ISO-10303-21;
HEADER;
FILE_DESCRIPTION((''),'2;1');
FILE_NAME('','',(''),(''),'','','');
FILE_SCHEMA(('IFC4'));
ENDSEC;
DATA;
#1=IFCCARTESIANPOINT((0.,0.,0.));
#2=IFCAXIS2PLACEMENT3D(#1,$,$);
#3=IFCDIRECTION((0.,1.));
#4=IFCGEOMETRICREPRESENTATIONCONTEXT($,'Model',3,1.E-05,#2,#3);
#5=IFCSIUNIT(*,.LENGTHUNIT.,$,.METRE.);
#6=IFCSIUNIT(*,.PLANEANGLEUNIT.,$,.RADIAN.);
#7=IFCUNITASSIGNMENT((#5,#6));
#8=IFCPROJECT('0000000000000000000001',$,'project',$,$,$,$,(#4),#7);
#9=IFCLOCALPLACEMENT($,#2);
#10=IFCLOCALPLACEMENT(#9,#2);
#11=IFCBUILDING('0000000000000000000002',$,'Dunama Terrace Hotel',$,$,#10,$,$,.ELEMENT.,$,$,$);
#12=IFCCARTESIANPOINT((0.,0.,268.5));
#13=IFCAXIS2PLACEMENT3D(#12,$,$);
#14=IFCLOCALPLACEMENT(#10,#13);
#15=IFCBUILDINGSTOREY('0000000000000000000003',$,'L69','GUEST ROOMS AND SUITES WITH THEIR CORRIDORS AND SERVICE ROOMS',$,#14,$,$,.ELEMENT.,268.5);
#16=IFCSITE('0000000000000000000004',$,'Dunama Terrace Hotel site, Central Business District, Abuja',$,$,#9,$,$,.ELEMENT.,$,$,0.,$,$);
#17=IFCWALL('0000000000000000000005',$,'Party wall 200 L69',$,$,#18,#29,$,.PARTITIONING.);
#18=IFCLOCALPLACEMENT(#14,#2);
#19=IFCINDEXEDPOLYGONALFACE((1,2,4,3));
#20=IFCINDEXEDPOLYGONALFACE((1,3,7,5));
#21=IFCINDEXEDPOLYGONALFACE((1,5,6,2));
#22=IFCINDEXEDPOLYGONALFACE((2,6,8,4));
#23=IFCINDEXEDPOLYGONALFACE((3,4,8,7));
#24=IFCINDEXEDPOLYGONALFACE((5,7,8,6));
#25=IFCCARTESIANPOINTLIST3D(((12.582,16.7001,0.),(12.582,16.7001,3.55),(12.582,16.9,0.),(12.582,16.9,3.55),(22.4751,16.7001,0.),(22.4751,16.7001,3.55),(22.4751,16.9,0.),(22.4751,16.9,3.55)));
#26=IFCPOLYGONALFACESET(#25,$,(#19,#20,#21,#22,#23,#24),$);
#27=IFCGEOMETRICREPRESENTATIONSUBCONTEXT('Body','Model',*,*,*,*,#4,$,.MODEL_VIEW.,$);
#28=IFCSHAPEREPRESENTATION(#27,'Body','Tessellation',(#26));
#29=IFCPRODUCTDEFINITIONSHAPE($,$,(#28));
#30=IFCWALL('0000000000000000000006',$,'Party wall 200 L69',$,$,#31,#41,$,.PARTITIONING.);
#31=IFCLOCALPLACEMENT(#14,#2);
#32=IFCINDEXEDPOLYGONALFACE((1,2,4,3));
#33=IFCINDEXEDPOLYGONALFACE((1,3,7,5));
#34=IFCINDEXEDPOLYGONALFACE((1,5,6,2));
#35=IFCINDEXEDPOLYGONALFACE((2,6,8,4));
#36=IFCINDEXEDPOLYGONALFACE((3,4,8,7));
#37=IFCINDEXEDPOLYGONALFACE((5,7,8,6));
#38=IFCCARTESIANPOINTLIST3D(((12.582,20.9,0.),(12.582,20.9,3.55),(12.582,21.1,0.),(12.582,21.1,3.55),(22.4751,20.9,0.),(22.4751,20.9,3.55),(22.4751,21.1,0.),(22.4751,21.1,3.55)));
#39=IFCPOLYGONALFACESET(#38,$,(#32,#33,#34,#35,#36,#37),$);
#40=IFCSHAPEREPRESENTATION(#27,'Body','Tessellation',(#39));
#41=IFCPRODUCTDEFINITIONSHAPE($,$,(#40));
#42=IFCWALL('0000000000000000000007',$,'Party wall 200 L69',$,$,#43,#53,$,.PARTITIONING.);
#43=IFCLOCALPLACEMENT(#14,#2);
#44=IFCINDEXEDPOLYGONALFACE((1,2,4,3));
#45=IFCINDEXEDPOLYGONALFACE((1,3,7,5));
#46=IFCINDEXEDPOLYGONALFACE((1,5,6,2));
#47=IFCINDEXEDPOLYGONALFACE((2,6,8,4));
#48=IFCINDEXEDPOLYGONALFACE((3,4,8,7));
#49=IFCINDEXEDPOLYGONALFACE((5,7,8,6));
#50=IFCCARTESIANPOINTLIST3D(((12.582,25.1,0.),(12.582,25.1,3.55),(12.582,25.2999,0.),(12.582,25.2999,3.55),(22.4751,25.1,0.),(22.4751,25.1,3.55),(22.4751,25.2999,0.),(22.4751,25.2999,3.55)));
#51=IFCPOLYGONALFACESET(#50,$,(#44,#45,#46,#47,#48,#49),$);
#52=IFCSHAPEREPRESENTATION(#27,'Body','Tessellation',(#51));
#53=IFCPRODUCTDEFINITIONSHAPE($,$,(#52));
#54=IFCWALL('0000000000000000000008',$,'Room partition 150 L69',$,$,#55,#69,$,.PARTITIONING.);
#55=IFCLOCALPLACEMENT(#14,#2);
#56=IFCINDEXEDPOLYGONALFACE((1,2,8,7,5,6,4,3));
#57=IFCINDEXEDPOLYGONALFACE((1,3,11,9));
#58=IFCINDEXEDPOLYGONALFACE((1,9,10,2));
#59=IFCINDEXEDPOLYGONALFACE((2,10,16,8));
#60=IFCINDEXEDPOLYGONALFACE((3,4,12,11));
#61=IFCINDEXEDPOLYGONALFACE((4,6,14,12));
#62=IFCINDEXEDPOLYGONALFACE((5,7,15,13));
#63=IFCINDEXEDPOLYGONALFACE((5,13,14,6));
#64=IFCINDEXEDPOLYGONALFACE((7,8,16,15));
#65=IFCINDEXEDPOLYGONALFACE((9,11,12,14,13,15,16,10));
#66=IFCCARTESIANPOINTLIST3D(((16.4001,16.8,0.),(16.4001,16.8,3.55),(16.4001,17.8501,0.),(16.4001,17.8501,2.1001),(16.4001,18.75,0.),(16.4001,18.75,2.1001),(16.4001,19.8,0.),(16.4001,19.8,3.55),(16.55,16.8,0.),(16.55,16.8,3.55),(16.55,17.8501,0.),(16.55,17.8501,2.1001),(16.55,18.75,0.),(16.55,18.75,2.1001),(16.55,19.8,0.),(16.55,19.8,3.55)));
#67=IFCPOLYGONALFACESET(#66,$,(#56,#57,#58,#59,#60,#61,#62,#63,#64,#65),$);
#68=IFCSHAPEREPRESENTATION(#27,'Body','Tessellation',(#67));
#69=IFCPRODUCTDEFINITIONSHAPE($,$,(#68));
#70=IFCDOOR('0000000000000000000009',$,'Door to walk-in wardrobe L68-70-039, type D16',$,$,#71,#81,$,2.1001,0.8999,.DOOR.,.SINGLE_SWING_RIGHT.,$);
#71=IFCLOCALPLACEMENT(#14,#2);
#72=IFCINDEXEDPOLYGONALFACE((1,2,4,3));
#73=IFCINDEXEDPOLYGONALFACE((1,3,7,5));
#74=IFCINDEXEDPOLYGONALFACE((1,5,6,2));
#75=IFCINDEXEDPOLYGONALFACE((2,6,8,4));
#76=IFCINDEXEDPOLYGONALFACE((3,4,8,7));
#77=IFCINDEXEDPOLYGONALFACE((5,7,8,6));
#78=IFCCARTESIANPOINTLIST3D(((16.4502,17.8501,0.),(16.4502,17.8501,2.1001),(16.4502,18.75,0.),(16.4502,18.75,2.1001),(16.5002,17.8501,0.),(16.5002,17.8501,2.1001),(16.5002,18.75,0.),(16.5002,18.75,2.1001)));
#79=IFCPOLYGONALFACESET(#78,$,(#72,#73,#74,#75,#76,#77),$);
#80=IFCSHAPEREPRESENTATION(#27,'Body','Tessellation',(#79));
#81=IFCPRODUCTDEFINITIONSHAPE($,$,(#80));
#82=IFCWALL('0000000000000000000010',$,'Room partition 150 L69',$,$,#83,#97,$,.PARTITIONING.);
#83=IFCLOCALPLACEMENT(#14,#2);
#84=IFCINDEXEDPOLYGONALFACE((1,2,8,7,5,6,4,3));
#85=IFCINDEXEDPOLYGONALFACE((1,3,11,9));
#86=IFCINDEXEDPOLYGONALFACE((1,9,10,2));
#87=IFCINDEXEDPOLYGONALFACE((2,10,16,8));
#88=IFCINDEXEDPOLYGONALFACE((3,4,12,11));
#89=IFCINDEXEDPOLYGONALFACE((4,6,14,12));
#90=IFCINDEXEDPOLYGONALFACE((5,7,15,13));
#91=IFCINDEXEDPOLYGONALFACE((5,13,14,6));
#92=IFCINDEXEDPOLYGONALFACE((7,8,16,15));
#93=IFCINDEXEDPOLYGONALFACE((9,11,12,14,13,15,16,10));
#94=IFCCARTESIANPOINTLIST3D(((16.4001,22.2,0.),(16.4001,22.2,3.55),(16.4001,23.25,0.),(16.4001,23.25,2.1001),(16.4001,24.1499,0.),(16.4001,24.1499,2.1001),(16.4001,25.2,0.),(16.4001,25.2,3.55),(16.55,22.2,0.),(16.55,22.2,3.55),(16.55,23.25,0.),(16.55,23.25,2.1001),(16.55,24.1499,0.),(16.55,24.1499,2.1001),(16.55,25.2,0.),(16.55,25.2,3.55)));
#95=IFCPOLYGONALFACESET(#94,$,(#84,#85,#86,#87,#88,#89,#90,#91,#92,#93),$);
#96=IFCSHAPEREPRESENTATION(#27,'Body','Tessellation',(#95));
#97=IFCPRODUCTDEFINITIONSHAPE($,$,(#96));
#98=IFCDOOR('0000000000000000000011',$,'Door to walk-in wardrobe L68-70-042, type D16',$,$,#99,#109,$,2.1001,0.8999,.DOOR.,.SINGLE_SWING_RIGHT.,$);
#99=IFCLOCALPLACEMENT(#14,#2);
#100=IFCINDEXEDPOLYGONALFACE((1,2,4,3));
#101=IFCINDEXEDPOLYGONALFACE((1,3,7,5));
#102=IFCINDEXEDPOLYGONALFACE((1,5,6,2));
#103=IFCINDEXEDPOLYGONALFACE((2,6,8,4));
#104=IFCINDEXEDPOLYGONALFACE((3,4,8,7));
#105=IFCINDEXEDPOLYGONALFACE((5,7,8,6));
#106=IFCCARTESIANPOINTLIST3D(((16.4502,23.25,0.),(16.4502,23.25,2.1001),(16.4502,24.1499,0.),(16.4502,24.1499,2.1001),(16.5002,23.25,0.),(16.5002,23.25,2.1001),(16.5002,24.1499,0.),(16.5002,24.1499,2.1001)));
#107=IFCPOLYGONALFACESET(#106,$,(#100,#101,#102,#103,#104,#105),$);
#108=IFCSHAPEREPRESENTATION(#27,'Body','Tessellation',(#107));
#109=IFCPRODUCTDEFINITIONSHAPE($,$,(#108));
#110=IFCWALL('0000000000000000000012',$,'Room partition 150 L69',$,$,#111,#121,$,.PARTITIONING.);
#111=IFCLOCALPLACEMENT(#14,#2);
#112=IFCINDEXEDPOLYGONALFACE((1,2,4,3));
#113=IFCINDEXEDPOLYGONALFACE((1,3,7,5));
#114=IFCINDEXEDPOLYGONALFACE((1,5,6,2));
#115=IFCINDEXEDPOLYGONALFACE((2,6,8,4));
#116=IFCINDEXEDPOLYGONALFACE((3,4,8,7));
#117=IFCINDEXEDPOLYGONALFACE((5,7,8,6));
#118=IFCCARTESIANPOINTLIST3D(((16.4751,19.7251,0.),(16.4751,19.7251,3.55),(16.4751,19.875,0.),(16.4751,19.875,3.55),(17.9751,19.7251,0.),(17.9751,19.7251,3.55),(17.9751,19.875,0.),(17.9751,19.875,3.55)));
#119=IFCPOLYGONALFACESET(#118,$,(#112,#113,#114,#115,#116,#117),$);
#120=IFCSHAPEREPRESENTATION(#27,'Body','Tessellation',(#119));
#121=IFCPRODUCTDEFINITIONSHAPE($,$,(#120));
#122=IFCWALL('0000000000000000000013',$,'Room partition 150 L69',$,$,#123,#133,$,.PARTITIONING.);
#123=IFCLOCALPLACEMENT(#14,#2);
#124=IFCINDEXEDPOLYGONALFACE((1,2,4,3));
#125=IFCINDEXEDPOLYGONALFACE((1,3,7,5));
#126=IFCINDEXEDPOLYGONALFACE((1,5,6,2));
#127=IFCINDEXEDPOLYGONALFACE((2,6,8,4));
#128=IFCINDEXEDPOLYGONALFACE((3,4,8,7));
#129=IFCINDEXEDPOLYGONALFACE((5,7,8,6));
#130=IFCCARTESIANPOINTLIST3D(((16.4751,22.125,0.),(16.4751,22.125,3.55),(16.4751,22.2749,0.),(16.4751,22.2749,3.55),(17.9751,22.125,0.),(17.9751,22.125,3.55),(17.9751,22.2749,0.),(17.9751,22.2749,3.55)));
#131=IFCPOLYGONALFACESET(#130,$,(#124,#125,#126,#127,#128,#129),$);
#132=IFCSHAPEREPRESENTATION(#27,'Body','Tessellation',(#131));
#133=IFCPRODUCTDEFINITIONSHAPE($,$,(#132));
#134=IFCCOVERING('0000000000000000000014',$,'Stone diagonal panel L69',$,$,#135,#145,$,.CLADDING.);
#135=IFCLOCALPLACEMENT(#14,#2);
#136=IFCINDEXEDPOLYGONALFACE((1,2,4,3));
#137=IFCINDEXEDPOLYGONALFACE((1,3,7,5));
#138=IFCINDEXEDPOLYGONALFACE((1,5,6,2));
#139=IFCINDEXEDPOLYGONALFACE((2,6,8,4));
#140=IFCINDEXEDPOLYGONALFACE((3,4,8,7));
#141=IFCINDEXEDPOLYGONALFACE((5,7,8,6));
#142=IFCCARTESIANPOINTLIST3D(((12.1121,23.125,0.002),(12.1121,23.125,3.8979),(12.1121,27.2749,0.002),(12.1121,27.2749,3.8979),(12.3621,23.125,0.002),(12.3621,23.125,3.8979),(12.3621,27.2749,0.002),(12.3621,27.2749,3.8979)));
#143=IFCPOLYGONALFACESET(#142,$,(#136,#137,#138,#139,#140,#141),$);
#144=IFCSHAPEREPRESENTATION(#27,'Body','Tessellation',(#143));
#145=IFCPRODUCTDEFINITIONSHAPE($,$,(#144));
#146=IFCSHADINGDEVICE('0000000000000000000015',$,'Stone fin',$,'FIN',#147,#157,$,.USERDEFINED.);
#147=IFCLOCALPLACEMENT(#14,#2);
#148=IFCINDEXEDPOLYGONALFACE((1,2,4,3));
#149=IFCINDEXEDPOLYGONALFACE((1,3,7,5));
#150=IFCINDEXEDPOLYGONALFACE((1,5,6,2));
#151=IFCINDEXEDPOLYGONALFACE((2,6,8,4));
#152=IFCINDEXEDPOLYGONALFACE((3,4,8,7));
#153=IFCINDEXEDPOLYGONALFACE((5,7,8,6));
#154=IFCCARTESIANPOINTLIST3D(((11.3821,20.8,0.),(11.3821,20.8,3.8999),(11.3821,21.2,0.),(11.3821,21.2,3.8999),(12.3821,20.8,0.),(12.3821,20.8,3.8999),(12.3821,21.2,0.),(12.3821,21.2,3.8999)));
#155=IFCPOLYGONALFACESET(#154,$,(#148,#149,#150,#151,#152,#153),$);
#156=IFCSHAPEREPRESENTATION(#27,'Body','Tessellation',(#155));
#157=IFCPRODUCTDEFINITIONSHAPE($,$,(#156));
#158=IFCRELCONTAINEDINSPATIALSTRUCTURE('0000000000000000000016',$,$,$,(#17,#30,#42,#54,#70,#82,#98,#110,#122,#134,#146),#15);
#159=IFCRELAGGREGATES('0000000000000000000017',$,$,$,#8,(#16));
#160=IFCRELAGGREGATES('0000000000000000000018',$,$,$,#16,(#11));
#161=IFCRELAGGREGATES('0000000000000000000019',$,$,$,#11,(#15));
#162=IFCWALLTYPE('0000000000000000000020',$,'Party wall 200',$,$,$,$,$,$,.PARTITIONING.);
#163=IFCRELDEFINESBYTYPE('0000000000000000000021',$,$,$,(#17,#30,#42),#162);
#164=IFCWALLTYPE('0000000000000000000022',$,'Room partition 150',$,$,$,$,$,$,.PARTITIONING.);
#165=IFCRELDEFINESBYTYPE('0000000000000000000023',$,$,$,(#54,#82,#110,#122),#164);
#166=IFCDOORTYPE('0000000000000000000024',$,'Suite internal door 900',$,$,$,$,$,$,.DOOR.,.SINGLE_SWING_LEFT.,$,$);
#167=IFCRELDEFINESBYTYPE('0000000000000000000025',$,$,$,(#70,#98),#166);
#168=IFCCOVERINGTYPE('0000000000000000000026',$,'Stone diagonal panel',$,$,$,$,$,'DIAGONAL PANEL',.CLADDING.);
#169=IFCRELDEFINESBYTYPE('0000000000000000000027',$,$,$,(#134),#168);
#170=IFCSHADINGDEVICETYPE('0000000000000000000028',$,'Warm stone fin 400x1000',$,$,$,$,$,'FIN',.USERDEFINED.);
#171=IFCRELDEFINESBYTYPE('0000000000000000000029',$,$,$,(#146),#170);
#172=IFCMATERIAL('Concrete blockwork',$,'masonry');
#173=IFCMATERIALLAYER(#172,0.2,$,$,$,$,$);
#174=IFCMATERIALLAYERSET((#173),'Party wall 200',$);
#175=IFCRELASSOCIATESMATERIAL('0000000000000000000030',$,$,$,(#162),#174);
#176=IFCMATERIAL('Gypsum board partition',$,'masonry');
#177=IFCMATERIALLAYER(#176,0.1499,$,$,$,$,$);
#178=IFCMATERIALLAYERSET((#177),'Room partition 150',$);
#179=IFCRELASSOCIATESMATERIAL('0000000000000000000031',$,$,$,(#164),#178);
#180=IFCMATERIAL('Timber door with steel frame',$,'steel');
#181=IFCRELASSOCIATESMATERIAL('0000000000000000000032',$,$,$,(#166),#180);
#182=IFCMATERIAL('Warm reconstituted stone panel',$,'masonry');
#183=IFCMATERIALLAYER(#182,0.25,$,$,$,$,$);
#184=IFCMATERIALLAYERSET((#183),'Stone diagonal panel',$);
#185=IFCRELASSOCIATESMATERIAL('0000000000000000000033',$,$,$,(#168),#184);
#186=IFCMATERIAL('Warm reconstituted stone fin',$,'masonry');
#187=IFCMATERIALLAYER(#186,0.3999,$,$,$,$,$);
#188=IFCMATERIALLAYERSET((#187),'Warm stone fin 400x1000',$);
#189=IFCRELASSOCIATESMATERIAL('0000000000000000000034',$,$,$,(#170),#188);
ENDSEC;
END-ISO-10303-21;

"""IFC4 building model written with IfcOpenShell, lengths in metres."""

from ifc_helpers import new_model, si_unit, direction, frame, frame_2d, origin, origin_2d, place, context, subcontext, project, spatial, rectangle, extrude, material, layer, layer_set, type_object, element, fill, save


model = new_model("IFC4")

# Units and contexts
model_context = context("Model", 3, precision=1e-05, world=origin(), true_north=direction((0.0, 1.0)))
body_context = subcontext(model_context, "Body", "Model", "MODEL_VIEW")
ifc_project = project(units=[si_unit("LENGTHUNIT", "METRE"), si_unit("PLANEANGLEUNIT", "RADIAN")], contexts=[model_context])

# Site, building, storey
site_placement = place(None, origin())
site = spatial("IfcSite", under=ifc_project, at=site_placement, Name="Dunama Terrace Hotel site, Central Business District, Abuja", CompositionType="ELEMENT", RefElevation=0.0)
building_placement = place(site_placement, origin())
building = spatial("IfcBuilding", under=site, at=building_placement, Name="Dunama Terrace Hotel", CompositionType="ELEMENT")
storey_placement = place(building_placement, frame((0.0, 0.0, 268.5)))
storey = spatial("IfcBuildingStorey", under=building, at=storey_placement, Name="L69", Description="GUEST ROOMS AND SUITES WITH THEIR CORRIDORS AND SERVICE ROOMS", CompositionType="ELEMENT", Elevation=268.5)

# Walls
ifc_material_1 = material(Name="Concrete blockwork", Category="masonry")
ifc_layer_1 = layer(ifc_material_1, 0.2)
ifc_layer_set_1 = layer_set([ifc_layer_1], Name="Party wall 200")
wall_type_1 = type_object("IfcWallType", Name="Party wall 200", PredefinedType="PARTITIONING", material=ifc_layer_set_1)
for number, where, z_axis, x_axis, name in (
    (1, (12.582, 16.8, 0.0), (0.0, 0.0, 1.0), (1.0, 0.0, 0.0), "Party wall 200 L69"),
    (2, (12.582, 21.0, 0.0), (0.0, 0.0, 1.0), (1.0, 0.0, 0.0), "Party wall 200 L69"),
    (3, (12.582, 25.2, 0.0), (0.0, 0.0, 1.0), (1.0, 0.0, 0.0), "Party wall 200 L69"),
):
    element("IfcWall", number, at=place(storey_placement, frame(where, z_axis=z_axis, x_axis=x_axis)), inside=storey, type_object=wall_type_1, Name=name, PredefinedType="PARTITIONING", context=body_context, shape_type="SweptSolid", body=[
        extrude(rectangle(XDim=9.8931, YDim=0.2, at=frame_2d((4.9465, 0.0))), origin(), (0.0, 0.0, 1.0), 3.55),
    ])

# Walls, openings, doors
ifc_material_2 = material(Name="Gypsum board partition", Category="masonry")
ifc_layer_2 = layer(ifc_material_2, 0.1499)
ifc_layer_set_2 = layer_set([ifc_layer_2], Name="Room partition 150")
wall_type_2 = type_object("IfcWallType", Name="Room partition 150", PredefinedType="PARTITIONING", material=ifc_layer_set_2)
wall_1_placement = place(storey_placement, frame((16.4751, 16.8, 0.0), z_axis=(0.0, 0.0, 1.0), x_axis=(0.0, 1.0, 0.0)))
wall_1 = element("IfcWall", 4, at=wall_1_placement, inside=storey, type_object=wall_type_2, Name="Room partition 150 L69", PredefinedType="PARTITIONING", context=body_context, shape_type="SweptSolid", body=[
    extrude(rectangle(XDim=3.0, YDim=0.1499, at=frame_2d((1.5, 0.0))), origin(), (0.0, 0.0, 1.0), 3.55),
])
opening_1_placement = place(wall_1_placement, frame((1.05, 0.0, 0.0)))
opening_1 = element("IfcOpeningElement", 5, at=opening_1_placement, cuts=wall_1, PredefinedType="OPENING", context=body_context, shape_type="SweptSolid", body=[
    extrude(rectangle(XDim=0.8999, YDim=2.1001, at=frame_2d((0.45, 1.05))), frame((0.0, 0.085, 0.0), z_axis=(0.0, -1.0, 0.0), x_axis=(1.0, 0.0, 0.0)), (0.0, 0.0, 1.0), 0.1699),
])
ifc_material_3 = material(Name="Timber door with steel frame", Category="steel")
door_type = type_object("IfcDoorType", Name="Suite internal door 900", OperationType="SINGLE_SWING_LEFT", PredefinedType="DOOR", material=ifc_material_3)
door_1_placement = place(opening_1_placement, frame((0.8999, 0.0, 0.0), z_axis=(0.0, 0.0, 1.0), x_axis=(-1.0, 0.0, 0.0)))
door_1 = element("IfcDoor", 6, at=door_1_placement, inside=storey, type_object=door_type, Name="Door to walk-in wardrobe L68-70-039, type D16", OperationType="SINGLE_SWING_RIGHT", OverallHeight=2.1001, OverallWidth=0.8999, PredefinedType="DOOR", context=body_context, shape_type="SweptSolid", body=[
    extrude(rectangle(XDim=0.8999, YDim=2.1001, at=frame_2d((0.45, 1.05))), frame((0.0, 0.0251, 0.0), z_axis=(0.0, -1.0, 0.0), x_axis=(1.0, 0.0, 0.0)), (0.0, 0.0, 1.0), 0.05),
])
fill(opening_1, door_1)
wall_2_placement = place(storey_placement, frame((16.4751, 22.2, 0.0), z_axis=(0.0, 0.0, 1.0), x_axis=(0.0, 1.0, 0.0)))
wall_2 = element("IfcWall", 7, at=wall_2_placement, inside=storey, type_object=wall_type_2, Name="Room partition 150 L69", PredefinedType="PARTITIONING", context=body_context, shape_type="SweptSolid", body=[
    extrude(rectangle(XDim=3.0, YDim=0.1499, at=frame_2d((1.5, 0.0))), origin(), (0.0, 0.0, 1.0), 3.55),
])
opening_2_placement = place(wall_2_placement, frame((1.05, 0.0, 0.0)))
opening_2 = element("IfcOpeningElement", 8, at=opening_2_placement, cuts=wall_2, PredefinedType="OPENING", context=body_context, shape_type="SweptSolid", body=[
    extrude(rectangle(XDim=0.8999, YDim=2.1001, at=frame_2d((0.45, 1.05))), frame((0.0, 0.085, 0.0), z_axis=(0.0, -1.0, 0.0), x_axis=(1.0, 0.0, 0.0)), (0.0, 0.0, 1.0), 0.1699),
])
door_2_placement = place(opening_2_placement, frame((0.8999, 0.0, 0.0), z_axis=(0.0, 0.0, 1.0), x_axis=(-1.0, 0.0, 0.0)))
door_2 = element("IfcDoor", 9, at=door_2_placement, inside=storey, type_object=door_type, Name="Door to walk-in wardrobe L68-70-042, type D16", OperationType="SINGLE_SWING_RIGHT", OverallHeight=2.1001, OverallWidth=0.8999, PredefinedType="DOOR", context=body_context, shape_type="SweptSolid", body=[
    extrude(rectangle(XDim=0.8999, YDim=2.1001, at=frame_2d((0.45, 1.05))), frame((0.0, 0.0251, 0.0), z_axis=(0.0, -1.0, 0.0), x_axis=(1.0, 0.0, 0.0)), (0.0, 0.0, 1.0), 0.05),
])
fill(opening_2, door_2)

# Walls
for number, where, z_axis, x_axis, name in (
    (10, (16.4751, 19.8, 0.0), (0.0, 0.0, 1.0), (1.0, 0.0, 0.0), "Room partition 150 L69"),
    (11, (16.4751, 22.2, 0.0), (0.0, 0.0, 1.0), (1.0, 0.0, 0.0), "Room partition 150 L69"),
):
    element("IfcWall", number, at=place(storey_placement, frame(where, z_axis=z_axis, x_axis=x_axis)), inside=storey, type_object=wall_type_2, Name=name, PredefinedType="PARTITIONING", context=body_context, shape_type="SweptSolid", body=[
        extrude(rectangle(XDim=1.5, YDim=0.1499, at=frame_2d((0.75, 0.0))), origin(), (0.0, 0.0, 1.0), 3.55),
    ])

# Covering
ifc_material_4 = material(Name="Warm reconstituted stone panel", Category="masonry")
ifc_layer_3 = layer(ifc_material_4, 0.25)
ifc_layer_set_3 = layer_set([ifc_layer_3], Name="Stone diagonal panel")
covering_type = type_object("IfcCoveringType", Name="Stone diagonal panel", ElementType="DIAGONAL PANEL", PredefinedType="CLADDING", material=ifc_layer_set_3)
covering_placement = place(storey_placement, frame((12.2371, 25.2, 0.002), z_axis=(0.0, 0.0, 1.0), x_axis=(0.0, -1.0, 0.0)))
element("IfcCovering", 12, at=covering_placement, inside=storey, type_object=covering_type, Name="Stone diagonal panel L69", PredefinedType="CLADDING", context=body_context, shape_type="SweptSolid", body=[
    extrude(rectangle(XDim=4.1499, YDim=0.25, at=origin_2d()), origin(), (0.0, 0.0, 1.0), 3.896),
])

# Shading device
ifc_material_5 = material(Name="Warm reconstituted stone fin", Category="masonry")
ifc_layer_4 = layer(ifc_material_5, 0.3999)
ifc_layer_set_4 = layer_set([ifc_layer_4], Name="Warm stone fin 400x1000")
shading_device_type = type_object("IfcShadingDeviceType", Name="Warm stone fin 400x1000", ElementType="FIN", PredefinedType="USERDEFINED", material=ifc_layer_set_4)
shading_device_placement = place(storey_placement, frame((11.8821, 21.0, 0.0), z_axis=(0.0, 0.0, 1.0), x_axis=(0.0, -1.0, 0.0)))
element("IfcShadingDevice", 13, at=shading_device_placement, inside=storey, type_object=shading_device_type, Name="Stone fin", ObjectType="FIN", PredefinedType="USERDEFINED", context=body_context, shape_type="SweptSolid", body=[
    extrude(rectangle(XDim=0.3999, YDim=1.0, at=origin_2d()), origin(), (0.0, 0.0, 1.0), 3.8999),
])

save(model, "model.ifc")
